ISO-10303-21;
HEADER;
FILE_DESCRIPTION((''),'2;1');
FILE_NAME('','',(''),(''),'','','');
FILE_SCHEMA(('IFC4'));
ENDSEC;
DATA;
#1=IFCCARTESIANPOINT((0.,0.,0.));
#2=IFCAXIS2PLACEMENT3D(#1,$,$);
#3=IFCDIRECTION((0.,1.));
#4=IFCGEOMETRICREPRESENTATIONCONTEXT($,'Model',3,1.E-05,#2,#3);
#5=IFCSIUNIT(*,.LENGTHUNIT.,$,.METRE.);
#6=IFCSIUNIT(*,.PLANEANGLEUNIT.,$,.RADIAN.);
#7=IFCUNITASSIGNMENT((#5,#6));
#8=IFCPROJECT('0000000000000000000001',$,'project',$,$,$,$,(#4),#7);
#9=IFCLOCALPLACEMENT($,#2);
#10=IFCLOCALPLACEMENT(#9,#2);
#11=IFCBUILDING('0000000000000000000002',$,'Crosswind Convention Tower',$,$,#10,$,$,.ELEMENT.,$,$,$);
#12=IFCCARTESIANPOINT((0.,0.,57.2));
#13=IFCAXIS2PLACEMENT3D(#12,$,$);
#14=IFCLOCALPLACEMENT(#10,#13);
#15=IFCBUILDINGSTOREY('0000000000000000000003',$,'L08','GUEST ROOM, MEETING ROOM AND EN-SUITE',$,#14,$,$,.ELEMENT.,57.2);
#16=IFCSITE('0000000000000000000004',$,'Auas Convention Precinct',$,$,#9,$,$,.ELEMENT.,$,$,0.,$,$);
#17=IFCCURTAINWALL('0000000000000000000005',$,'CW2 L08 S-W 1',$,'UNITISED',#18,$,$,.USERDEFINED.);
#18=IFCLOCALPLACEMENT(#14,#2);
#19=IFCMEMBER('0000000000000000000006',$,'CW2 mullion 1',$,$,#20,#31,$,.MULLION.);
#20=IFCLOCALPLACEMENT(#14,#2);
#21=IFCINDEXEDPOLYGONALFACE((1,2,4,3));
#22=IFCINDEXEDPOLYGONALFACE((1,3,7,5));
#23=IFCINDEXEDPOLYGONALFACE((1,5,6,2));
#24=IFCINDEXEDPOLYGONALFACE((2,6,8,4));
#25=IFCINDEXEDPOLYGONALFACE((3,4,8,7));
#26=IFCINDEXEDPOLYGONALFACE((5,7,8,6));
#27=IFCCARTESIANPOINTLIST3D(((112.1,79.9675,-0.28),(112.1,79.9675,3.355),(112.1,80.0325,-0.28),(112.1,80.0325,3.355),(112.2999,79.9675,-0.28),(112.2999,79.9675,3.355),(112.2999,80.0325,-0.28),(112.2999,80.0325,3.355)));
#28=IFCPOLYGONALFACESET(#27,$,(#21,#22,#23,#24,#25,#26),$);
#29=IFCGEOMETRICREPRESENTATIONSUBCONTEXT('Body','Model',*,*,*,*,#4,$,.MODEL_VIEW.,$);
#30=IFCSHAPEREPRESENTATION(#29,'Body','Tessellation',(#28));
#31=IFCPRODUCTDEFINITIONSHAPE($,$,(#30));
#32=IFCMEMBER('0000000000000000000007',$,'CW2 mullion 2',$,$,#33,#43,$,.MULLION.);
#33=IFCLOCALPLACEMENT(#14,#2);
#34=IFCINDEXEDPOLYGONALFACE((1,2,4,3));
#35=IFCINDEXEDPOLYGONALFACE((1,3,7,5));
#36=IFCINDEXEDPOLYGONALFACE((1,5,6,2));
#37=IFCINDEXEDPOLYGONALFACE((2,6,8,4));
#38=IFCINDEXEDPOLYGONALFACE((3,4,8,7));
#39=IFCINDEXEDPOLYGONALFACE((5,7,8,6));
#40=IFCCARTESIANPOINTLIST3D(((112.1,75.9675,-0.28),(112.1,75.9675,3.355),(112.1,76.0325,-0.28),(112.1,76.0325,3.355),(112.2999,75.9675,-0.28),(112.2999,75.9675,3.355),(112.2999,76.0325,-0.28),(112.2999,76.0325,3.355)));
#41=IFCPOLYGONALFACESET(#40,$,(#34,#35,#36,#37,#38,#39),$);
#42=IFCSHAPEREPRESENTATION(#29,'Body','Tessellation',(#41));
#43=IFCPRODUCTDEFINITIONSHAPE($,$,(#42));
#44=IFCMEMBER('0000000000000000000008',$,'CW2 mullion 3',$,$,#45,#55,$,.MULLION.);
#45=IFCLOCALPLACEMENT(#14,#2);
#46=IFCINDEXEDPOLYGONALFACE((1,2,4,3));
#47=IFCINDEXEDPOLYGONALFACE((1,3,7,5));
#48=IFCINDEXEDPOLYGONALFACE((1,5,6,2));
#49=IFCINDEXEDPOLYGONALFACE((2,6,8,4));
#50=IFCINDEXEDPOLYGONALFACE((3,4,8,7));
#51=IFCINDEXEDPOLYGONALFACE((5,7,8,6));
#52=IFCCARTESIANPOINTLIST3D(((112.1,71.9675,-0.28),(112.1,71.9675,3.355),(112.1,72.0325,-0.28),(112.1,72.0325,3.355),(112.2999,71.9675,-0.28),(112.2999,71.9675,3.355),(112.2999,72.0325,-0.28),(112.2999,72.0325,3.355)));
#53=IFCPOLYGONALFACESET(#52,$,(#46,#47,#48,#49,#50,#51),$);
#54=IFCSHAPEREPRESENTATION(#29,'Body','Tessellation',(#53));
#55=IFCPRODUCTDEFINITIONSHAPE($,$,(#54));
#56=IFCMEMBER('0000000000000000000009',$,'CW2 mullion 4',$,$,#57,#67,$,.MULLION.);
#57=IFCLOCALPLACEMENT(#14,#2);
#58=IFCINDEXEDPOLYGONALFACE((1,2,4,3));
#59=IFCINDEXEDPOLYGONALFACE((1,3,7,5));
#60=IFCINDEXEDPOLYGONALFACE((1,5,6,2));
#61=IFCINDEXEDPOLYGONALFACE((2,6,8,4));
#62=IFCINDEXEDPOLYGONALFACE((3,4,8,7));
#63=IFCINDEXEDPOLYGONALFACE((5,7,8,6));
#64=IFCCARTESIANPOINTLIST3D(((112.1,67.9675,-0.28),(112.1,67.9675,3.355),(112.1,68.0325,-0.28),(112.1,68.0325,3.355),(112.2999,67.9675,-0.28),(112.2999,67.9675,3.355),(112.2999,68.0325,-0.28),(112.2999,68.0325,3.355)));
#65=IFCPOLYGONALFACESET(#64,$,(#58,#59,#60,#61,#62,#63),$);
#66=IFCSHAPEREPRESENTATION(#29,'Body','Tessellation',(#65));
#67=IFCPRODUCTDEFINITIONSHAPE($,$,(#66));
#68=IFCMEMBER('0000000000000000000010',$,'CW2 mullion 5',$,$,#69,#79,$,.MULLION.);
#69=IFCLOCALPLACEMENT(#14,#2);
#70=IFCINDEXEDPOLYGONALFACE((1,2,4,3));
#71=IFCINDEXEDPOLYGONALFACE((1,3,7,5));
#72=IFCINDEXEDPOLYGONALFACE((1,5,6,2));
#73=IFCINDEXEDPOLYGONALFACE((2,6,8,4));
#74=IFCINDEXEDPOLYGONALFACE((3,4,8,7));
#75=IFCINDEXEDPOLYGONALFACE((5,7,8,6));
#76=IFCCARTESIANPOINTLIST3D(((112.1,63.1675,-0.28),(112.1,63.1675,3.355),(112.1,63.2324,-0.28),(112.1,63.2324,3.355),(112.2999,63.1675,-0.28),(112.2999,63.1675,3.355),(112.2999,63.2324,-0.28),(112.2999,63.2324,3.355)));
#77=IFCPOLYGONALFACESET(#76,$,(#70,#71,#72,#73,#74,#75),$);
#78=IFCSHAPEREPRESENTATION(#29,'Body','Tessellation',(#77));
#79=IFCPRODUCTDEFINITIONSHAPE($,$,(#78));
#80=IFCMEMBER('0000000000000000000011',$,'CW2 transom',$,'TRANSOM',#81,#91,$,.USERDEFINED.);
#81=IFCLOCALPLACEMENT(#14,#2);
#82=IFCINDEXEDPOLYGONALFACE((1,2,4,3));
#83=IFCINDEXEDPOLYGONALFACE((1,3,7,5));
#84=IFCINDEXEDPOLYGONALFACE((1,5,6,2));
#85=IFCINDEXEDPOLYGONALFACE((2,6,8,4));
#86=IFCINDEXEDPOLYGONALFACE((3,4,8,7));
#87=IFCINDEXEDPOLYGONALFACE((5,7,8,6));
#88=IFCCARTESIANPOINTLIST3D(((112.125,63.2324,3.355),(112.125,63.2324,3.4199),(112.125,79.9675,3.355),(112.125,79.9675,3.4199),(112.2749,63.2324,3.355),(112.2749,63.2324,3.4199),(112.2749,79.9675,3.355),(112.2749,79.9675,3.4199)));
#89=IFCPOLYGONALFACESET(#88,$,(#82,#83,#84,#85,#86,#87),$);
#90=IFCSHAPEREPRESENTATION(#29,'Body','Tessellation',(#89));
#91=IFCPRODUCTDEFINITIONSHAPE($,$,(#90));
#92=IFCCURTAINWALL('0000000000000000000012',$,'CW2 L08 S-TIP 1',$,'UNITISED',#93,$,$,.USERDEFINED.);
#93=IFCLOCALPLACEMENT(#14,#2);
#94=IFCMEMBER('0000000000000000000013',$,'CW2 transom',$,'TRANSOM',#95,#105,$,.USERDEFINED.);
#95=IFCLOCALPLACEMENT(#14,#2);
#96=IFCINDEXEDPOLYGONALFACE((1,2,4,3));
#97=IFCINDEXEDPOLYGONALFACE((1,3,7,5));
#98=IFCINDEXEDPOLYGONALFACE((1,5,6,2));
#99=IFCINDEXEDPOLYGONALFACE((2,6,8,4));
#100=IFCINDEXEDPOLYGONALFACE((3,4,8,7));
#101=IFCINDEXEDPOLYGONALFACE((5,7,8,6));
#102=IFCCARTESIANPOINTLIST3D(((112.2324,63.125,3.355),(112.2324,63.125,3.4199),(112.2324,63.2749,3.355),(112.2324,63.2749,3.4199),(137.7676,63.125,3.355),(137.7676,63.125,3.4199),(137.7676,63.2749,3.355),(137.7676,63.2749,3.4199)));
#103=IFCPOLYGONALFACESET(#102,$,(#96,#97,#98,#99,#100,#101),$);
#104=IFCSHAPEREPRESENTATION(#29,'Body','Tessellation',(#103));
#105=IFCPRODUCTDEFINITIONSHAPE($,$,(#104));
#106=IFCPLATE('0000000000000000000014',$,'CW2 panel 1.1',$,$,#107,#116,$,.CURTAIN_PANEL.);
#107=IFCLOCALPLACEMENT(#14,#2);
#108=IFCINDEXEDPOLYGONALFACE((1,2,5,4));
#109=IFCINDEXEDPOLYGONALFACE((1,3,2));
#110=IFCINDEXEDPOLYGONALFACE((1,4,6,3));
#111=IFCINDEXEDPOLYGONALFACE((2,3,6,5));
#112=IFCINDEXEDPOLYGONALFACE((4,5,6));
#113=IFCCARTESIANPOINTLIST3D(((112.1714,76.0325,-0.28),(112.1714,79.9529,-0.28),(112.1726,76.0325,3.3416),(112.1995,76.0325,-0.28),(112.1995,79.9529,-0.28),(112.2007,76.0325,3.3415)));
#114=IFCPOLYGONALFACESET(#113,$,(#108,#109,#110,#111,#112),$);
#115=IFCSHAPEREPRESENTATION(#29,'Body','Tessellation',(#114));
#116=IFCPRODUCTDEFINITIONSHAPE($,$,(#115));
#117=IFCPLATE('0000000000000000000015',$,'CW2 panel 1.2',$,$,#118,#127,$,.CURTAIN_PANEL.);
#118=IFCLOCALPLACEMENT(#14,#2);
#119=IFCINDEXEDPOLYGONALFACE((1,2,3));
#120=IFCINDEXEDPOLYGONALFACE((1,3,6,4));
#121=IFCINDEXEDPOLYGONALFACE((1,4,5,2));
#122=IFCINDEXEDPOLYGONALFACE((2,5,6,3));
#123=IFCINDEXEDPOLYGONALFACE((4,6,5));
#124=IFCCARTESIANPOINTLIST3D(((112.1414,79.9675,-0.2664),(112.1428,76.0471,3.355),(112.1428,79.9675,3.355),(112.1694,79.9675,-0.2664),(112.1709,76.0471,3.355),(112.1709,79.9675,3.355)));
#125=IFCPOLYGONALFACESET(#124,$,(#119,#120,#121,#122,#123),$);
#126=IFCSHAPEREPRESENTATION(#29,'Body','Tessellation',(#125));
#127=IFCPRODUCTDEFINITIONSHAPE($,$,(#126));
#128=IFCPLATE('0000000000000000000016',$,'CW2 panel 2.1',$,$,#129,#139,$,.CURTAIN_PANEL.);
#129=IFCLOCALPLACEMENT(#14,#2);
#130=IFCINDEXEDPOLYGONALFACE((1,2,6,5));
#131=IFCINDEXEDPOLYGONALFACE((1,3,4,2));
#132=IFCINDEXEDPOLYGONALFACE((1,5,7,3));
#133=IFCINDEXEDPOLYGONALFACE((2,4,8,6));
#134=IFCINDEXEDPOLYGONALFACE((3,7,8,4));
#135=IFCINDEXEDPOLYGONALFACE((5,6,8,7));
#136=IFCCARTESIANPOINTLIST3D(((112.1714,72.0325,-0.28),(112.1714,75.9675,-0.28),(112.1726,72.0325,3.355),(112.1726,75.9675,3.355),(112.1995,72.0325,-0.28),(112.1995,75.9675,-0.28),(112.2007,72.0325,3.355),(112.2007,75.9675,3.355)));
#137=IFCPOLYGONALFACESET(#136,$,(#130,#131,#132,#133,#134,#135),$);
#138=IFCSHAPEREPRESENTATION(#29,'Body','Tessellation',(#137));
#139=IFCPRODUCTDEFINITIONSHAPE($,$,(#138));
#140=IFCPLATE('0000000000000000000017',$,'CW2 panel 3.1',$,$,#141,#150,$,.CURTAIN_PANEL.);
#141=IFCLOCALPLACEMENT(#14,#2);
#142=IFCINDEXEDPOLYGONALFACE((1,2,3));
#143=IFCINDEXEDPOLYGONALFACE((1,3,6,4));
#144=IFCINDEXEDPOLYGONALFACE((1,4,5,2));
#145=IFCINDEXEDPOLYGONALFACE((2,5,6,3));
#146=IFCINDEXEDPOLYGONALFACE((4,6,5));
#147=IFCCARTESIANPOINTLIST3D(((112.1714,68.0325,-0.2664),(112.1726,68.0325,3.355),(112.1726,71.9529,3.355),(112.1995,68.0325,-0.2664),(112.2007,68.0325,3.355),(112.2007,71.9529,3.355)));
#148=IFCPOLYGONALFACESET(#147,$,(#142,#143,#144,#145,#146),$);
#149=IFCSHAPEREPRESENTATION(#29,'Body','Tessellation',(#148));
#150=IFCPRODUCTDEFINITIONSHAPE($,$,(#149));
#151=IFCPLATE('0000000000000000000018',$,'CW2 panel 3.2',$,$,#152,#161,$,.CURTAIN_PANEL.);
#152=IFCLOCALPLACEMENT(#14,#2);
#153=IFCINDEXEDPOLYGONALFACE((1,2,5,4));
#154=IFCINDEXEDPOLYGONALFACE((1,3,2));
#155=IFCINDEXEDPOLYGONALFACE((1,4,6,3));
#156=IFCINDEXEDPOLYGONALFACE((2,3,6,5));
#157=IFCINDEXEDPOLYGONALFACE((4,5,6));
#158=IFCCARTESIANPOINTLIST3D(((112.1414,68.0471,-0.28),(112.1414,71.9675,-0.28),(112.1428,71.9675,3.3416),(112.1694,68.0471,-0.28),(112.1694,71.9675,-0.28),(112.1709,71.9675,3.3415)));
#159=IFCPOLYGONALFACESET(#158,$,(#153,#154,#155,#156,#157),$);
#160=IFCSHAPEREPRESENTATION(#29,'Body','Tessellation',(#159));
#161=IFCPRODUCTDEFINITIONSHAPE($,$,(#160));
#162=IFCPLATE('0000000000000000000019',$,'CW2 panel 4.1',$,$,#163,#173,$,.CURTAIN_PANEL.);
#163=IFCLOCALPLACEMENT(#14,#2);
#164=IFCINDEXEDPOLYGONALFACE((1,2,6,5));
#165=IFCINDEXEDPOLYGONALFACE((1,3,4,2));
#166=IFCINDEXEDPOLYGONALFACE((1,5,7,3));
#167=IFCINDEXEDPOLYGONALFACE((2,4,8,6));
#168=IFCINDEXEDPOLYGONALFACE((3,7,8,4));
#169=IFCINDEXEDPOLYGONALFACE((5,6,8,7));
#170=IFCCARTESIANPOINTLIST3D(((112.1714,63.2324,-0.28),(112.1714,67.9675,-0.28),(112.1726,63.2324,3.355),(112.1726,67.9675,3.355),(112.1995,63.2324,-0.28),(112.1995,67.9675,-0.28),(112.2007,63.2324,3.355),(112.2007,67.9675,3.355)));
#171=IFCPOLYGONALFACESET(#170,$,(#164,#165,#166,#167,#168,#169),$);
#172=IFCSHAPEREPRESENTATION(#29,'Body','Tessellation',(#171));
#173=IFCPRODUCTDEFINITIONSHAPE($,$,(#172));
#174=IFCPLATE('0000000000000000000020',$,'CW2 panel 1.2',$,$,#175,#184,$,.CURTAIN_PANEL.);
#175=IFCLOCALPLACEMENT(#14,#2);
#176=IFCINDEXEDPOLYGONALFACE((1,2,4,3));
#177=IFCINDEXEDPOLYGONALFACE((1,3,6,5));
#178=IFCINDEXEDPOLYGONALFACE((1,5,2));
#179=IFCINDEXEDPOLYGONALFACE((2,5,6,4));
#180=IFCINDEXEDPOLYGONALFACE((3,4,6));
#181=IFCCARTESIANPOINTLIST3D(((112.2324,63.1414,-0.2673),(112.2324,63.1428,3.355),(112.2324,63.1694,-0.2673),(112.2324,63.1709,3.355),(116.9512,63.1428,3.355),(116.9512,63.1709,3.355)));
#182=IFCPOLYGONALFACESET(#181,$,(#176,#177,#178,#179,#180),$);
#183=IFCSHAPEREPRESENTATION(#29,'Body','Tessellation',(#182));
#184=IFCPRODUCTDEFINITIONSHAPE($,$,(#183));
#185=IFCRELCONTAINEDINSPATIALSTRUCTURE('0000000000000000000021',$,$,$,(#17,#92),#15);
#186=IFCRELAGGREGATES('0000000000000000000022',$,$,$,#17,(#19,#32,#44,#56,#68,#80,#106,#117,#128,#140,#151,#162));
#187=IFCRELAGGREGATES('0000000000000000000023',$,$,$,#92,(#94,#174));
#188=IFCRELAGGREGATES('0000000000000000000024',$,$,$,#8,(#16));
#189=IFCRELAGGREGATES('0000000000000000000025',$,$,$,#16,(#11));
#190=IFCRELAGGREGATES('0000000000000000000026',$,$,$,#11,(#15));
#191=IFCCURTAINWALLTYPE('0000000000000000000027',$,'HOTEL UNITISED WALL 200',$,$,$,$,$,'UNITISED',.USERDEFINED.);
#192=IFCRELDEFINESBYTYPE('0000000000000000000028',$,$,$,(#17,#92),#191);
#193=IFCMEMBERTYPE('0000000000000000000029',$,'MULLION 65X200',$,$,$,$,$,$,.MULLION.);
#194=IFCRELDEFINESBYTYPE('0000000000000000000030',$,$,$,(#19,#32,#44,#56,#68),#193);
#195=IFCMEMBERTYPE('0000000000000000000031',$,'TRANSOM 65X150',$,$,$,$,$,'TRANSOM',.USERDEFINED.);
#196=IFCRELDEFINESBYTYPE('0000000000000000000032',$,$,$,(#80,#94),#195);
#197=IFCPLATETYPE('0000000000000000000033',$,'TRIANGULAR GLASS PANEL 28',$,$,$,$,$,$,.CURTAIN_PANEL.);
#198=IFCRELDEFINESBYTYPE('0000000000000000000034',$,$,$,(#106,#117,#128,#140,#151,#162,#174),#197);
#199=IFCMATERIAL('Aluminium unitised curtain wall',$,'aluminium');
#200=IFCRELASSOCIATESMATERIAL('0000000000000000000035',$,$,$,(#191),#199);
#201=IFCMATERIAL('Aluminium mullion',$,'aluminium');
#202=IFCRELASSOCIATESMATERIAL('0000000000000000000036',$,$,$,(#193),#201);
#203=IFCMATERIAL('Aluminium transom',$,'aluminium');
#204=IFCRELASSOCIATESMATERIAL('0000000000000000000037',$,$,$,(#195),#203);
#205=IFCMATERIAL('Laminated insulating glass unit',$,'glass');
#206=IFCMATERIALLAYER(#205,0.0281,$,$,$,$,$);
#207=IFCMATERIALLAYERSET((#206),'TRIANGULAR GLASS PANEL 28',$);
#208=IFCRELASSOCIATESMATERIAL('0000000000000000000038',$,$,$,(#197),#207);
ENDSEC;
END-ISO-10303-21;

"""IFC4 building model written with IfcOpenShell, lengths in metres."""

from ifc_helpers import new_model, si_unit, direction, frame, origin, origin_2d, place, context, subcontext, project, spatial, polyline, rectangle, outline, extrude, material, layer, layer_set, material_profile, profile_set, type_object, element, aggregate, save


model = new_model("IFC4")

# Units and contexts
model_context = context("Model", 3, precision=1e-05, world=origin(), true_north=direction((0.0, 1.0)))
body_context = subcontext(model_context, "Body", "Model", "MODEL_VIEW")
ifc_project = project(units=[si_unit("LENGTHUNIT", "METRE"), si_unit("PLANEANGLEUNIT", "RADIAN")], contexts=[model_context])

# Site, building, storey
site_placement = place(None, origin())
site = spatial("IfcSite", under=ifc_project, at=site_placement, Name="Auas Convention Precinct", CompositionType="ELEMENT", RefElevation=0.0)
building_placement = place(site_placement, origin())
building = spatial("IfcBuilding", under=site, at=building_placement, Name="Crosswind Convention Tower", CompositionType="ELEMENT")
storey_placement = place(building_placement, frame((0.0, 0.0, 57.2)))
storey = spatial("IfcBuildingStorey", under=building, at=storey_placement, Name="L08", Description="GUEST ROOM, MEETING ROOM AND EN-SUITE", CompositionType="ELEMENT", Elevation=57.2)

# Curtain wall, members
ifc_material_1 = material(Name="Aluminium unitised curtain wall", Category="aluminium")
curtain_wall_type = type_object("IfcCurtainWallType", Name="HOTEL UNITISED WALL 200", ElementType="UNITISED", PredefinedType="USERDEFINED", material=ifc_material_1)
curtain_wall_1_placement = place(storey_placement, origin())
curtain_wall_1 = element("IfcCurtainWall", 1, at=curtain_wall_1_placement, inside=storey, type_object=curtain_wall_type, Name="CW2 L08 S-W 1", ObjectType="UNITISED", PredefinedType="USERDEFINED")
ifc_material_2 = material(Name="Aluminium mullion", Category="aluminium")
ifc_material_profile_1 = material_profile(ifc_material_2, rectangle(XDim=0.2, YDim=0.0649, at=origin_2d()), Name="AL 200X65")
ifc_profile_set_1 = profile_set([ifc_material_profile_1], Name="Aluminium mullion")
member_type_1 = type_object("IfcMemberType", Name="MULLION 65X200", PredefinedType="MULLION", material=ifc_profile_set_1)
member_1_placement = place(storey_placement, frame((112.2, 80.0, -0.28), z_axis=(0.0, 0.0, 1.0), x_axis=(-1.0, 0.0, 0.0)))
member_1 = element("IfcMember", 2, at=member_1_placement, type_object=member_type_1, Name="CW2 mullion 1", PredefinedType="MULLION", context=body_context, shape_type="SweptSolid", body=[
    extrude(rectangle(XDim=0.2, YDim=0.0649, at=origin_2d()), origin(), (0.0, 0.0, 1.0), 3.635),
])
member_2_placement = place(storey_placement, frame((112.2, 76.0, -0.28), z_axis=(0.0, 0.0, 1.0), x_axis=(-1.0, 0.0, 0.0)))
member_2 = element("IfcMember", 3, at=member_2_placement, type_object=member_type_1, Name="CW2 mullion 2", PredefinedType="MULLION", context=body_context, shape_type="SweptSolid", body=[
    extrude(rectangle(XDim=0.2, YDim=0.0649, at=origin_2d()), origin(), (0.0, 0.0, 1.0), 3.635),
])
member_3_placement = place(storey_placement, frame((112.2, 72.0, -0.28), z_axis=(0.0, 0.0, 1.0), x_axis=(-1.0, 0.0, 0.0)))
member_3 = element("IfcMember", 4, at=member_3_placement, type_object=member_type_1, Name="CW2 mullion 3", PredefinedType="MULLION", context=body_context, shape_type="SweptSolid", body=[
    extrude(rectangle(XDim=0.2, YDim=0.0649, at=origin_2d()), origin(), (0.0, 0.0, 1.0), 3.635),
])
member_4_placement = place(storey_placement, frame((112.2, 68.0, -0.28), z_axis=(0.0, 0.0, 1.0), x_axis=(-1.0, 0.0, 0.0)))
member_4 = element("IfcMember", 5, at=member_4_placement, type_object=member_type_1, Name="CW2 mullion 4", PredefinedType="MULLION", context=body_context, shape_type="SweptSolid", body=[
    extrude(rectangle(XDim=0.2, YDim=0.0649, at=origin_2d()), origin(), (0.0, 0.0, 1.0), 3.635),
])
member_5_placement = place(storey_placement, frame((112.2, 63.2, -0.28), z_axis=(0.0, 0.0, 1.0), x_axis=(-1.0, 0.0, 0.0)))
member_5 = element("IfcMember", 6, at=member_5_placement, type_object=member_type_1, Name="CW2 mullion 5", PredefinedType="MULLION", context=body_context, shape_type="SweptSolid", body=[
    extrude(rectangle(XDim=0.2, YDim=0.0649, at=origin_2d()), origin(), (0.0, 0.0, 1.0), 3.635),
])
ifc_material_3 = material(Name="Aluminium transom", Category="aluminium")
ifc_material_profile_2 = material_profile(ifc_material_3, rectangle(XDim=0.1499, YDim=0.0649, at=origin_2d()), Name="AL 150X65")
ifc_profile_set_2 = profile_set([ifc_material_profile_2], Name="Aluminium transom")
member_type_2 = type_object("IfcMemberType", Name="TRANSOM 65X150", ElementType="TRANSOM", PredefinedType="USERDEFINED", material=ifc_profile_set_2)
member_6_placement = place(storey_placement, frame((112.2, 79.9675, 3.3875), z_axis=(0.0, -1.0, 0.0), x_axis=(1.0, 0.0, 0.0)))
member_6 = element("IfcMember", 7, at=member_6_placement, type_object=member_type_2, Name="CW2 transom", ObjectType="TRANSOM", PredefinedType="USERDEFINED", context=body_context, shape_type="SweptSolid", body=[
    extrude(rectangle(XDim=0.1499, YDim=0.0649, at=origin_2d()), origin(), (0.0, 0.0, 1.0), 16.7351),
])

# Curtain wall, member
curtain_wall_2_placement = place(storey_placement, origin())
curtain_wall_2 = element("IfcCurtainWall", 8, at=curtain_wall_2_placement, inside=storey, type_object=curtain_wall_type, Name="CW2 L08 S-TIP 1", ObjectType="UNITISED", PredefinedType="USERDEFINED")
member_7_placement = place(storey_placement, frame((112.2324, 63.2, 3.3875), z_axis=(1.0, 0.0, 0.0), x_axis=(0.0, 1.0, 0.0)))
member_7 = element("IfcMember", 9, at=member_7_placement, type_object=member_type_2, Name="CW2 transom", ObjectType="TRANSOM", PredefinedType="USERDEFINED", context=body_context, shape_type="SweptSolid", body=[
    extrude(rectangle(XDim=0.1499, YDim=0.0649, at=origin_2d()), origin(), (0.0, 0.0, 1.0), 25.5352),
])

# Plates
ifc_material_4 = material(Name="Laminated insulating glass unit", Category="glass")
ifc_layer = layer(ifc_material_4, 0.0281)
ifc_layer_set = layer_set([ifc_layer], Name="TRIANGULAR GLASS PANEL 28")
plate_type = type_object("IfcPlateType", Name="TRIANGULAR GLASS PANEL 28", PredefinedType="CURTAIN_PANEL", material=ifc_layer_set)
plate_1_placement = place(storey_placement, frame((112.1714, 76.0325, -0.28), z_axis=(-1.0, 0.0, 0.000337), x_axis=(0.000337, 0.0, 1.0)))
plate_1 = element("IfcPlate", 10, at=plate_1_placement, type_object=plate_type, Name="CW2 panel 1.1", PredefinedType="CURTAIN_PANEL", context=body_context, shape_type="SweptSolid", body=[
    extrude(outline(polyline([(0.0, 0.0), (3.6216, 0.0), (0.0, 3.9204), (0.0, 0.0)])), origin(), (0.0, 0.0, -1.0), 0.0281),
])
plate_2_placement = place(storey_placement, frame((112.1428, 79.9675, 3.355), z_axis=(-1.0, 0.0, 0.000405), x_axis=(-0.000405, 0.0, -1.0)))
plate_2 = element("IfcPlate", 11, at=plate_2_placement, type_object=plate_type, Name="CW2 panel 1.2", PredefinedType="CURTAIN_PANEL", context=body_context, shape_type="SweptSolid", body=[
    extrude(outline(polyline([(0.0, 0.0), (3.6213, 0.0), (0.0, 3.9204), (0.0, 0.0)])), origin(), (0.0, 0.0, -1.0), 0.0281),
])
plate_3_placement = place(storey_placement, frame((112.1714, 75.9675, -0.28), z_axis=(-1.0, 0.0, 0.000336), x_axis=(0.0, -1.0, 0.0)))
plate_3 = element("IfcPlate", 12, at=plate_3_placement, type_object=plate_type, Name="CW2 panel 2.1", PredefinedType="CURTAIN_PANEL", context=body_context, shape_type="SweptSolid", body=[
    extrude(outline(polyline([(0.0, 0.0), (3.9351, 0.0), (3.9351, 3.635), (0.0, 3.635), (0.0, 0.0)])), origin(), (0.0, 0.0, -1.0), 0.0281),
])
plate_4_placement = place(storey_placement, frame((112.1726, 68.0325, 3.355), z_axis=(-1.0, 0.0, 0.000337), x_axis=(0.0, 1.0, 0.0)))
plate_4 = element("IfcPlate", 13, at=plate_4_placement, type_object=plate_type, Name="CW2 panel 3.1", PredefinedType="CURTAIN_PANEL", context=body_context, shape_type="SweptSolid", body=[
    extrude(outline(polyline([(0.0, 0.0), (3.9204, 0.0), (0.0, 3.6213), (0.0, 0.0)])), origin(), (0.0, 0.0, -1.0), 0.0281),
])
plate_5_placement = place(storey_placement, frame((112.1414, 71.9675, -0.28), z_axis=(-1.0, 0.0, 0.000404), x_axis=(0.0, -1.0, 0.0)))
plate_5 = element("IfcPlate", 14, at=plate_5_placement, type_object=plate_type, Name="CW2 panel 3.2", PredefinedType="CURTAIN_PANEL", context=body_context, shape_type="SweptSolid", body=[
    extrude(outline(polyline([(0.0, 0.0), (3.9204, 0.0), (0.0, 3.6216), (0.0, 0.0)])), origin(), (0.0, 0.0, -1.0), 0.0281),
])
plate_6_placement = place(storey_placement, frame((112.1714, 67.9675, -0.28), z_axis=(-1.0, 0.0, 0.000336), x_axis=(0.0, -1.0, 0.0)))
plate_6 = element("IfcPlate", 15, at=plate_6_placement, type_object=plate_type, Name="CW2 panel 4.1", PredefinedType="CURTAIN_PANEL", context=body_context, shape_type="SweptSolid", body=[
    extrude(outline(polyline([(0.0, 0.0), (4.7351, 0.0), (4.7351, 3.635), (0.0, 3.635), (0.0, 0.0)])), origin(), (0.0, 0.0, -1.0), 0.0281),
])
plate_7_placement = place(storey_placement, frame((112.2324, 63.1428, 3.355), z_axis=(0.0, -1.0, 0.000404), x_axis=(0.0, -0.000404, -1.0)))
plate_7 = element("IfcPlate", 16, at=plate_7_placement, type_object=plate_type, Name="CW2 panel 1.2", PredefinedType="CURTAIN_PANEL", context=body_context, shape_type="SweptSolid", body=[
    extrude(outline(polyline([(0.0, 0.0), (3.6223, 0.0), (0.0, 4.7188), (0.0, 0.0)])), origin(), (0.0, 0.0, -1.0), 0.0281),
])

aggregate(curtain_wall_1, [member_1, member_2, member_3, member_4, member_5, member_6, plate_1, plate_2, plate_3, plate_4, plate_5, plate_6])
aggregate(curtain_wall_2, [member_7, plate_7])

save(model, "model.ifc")
